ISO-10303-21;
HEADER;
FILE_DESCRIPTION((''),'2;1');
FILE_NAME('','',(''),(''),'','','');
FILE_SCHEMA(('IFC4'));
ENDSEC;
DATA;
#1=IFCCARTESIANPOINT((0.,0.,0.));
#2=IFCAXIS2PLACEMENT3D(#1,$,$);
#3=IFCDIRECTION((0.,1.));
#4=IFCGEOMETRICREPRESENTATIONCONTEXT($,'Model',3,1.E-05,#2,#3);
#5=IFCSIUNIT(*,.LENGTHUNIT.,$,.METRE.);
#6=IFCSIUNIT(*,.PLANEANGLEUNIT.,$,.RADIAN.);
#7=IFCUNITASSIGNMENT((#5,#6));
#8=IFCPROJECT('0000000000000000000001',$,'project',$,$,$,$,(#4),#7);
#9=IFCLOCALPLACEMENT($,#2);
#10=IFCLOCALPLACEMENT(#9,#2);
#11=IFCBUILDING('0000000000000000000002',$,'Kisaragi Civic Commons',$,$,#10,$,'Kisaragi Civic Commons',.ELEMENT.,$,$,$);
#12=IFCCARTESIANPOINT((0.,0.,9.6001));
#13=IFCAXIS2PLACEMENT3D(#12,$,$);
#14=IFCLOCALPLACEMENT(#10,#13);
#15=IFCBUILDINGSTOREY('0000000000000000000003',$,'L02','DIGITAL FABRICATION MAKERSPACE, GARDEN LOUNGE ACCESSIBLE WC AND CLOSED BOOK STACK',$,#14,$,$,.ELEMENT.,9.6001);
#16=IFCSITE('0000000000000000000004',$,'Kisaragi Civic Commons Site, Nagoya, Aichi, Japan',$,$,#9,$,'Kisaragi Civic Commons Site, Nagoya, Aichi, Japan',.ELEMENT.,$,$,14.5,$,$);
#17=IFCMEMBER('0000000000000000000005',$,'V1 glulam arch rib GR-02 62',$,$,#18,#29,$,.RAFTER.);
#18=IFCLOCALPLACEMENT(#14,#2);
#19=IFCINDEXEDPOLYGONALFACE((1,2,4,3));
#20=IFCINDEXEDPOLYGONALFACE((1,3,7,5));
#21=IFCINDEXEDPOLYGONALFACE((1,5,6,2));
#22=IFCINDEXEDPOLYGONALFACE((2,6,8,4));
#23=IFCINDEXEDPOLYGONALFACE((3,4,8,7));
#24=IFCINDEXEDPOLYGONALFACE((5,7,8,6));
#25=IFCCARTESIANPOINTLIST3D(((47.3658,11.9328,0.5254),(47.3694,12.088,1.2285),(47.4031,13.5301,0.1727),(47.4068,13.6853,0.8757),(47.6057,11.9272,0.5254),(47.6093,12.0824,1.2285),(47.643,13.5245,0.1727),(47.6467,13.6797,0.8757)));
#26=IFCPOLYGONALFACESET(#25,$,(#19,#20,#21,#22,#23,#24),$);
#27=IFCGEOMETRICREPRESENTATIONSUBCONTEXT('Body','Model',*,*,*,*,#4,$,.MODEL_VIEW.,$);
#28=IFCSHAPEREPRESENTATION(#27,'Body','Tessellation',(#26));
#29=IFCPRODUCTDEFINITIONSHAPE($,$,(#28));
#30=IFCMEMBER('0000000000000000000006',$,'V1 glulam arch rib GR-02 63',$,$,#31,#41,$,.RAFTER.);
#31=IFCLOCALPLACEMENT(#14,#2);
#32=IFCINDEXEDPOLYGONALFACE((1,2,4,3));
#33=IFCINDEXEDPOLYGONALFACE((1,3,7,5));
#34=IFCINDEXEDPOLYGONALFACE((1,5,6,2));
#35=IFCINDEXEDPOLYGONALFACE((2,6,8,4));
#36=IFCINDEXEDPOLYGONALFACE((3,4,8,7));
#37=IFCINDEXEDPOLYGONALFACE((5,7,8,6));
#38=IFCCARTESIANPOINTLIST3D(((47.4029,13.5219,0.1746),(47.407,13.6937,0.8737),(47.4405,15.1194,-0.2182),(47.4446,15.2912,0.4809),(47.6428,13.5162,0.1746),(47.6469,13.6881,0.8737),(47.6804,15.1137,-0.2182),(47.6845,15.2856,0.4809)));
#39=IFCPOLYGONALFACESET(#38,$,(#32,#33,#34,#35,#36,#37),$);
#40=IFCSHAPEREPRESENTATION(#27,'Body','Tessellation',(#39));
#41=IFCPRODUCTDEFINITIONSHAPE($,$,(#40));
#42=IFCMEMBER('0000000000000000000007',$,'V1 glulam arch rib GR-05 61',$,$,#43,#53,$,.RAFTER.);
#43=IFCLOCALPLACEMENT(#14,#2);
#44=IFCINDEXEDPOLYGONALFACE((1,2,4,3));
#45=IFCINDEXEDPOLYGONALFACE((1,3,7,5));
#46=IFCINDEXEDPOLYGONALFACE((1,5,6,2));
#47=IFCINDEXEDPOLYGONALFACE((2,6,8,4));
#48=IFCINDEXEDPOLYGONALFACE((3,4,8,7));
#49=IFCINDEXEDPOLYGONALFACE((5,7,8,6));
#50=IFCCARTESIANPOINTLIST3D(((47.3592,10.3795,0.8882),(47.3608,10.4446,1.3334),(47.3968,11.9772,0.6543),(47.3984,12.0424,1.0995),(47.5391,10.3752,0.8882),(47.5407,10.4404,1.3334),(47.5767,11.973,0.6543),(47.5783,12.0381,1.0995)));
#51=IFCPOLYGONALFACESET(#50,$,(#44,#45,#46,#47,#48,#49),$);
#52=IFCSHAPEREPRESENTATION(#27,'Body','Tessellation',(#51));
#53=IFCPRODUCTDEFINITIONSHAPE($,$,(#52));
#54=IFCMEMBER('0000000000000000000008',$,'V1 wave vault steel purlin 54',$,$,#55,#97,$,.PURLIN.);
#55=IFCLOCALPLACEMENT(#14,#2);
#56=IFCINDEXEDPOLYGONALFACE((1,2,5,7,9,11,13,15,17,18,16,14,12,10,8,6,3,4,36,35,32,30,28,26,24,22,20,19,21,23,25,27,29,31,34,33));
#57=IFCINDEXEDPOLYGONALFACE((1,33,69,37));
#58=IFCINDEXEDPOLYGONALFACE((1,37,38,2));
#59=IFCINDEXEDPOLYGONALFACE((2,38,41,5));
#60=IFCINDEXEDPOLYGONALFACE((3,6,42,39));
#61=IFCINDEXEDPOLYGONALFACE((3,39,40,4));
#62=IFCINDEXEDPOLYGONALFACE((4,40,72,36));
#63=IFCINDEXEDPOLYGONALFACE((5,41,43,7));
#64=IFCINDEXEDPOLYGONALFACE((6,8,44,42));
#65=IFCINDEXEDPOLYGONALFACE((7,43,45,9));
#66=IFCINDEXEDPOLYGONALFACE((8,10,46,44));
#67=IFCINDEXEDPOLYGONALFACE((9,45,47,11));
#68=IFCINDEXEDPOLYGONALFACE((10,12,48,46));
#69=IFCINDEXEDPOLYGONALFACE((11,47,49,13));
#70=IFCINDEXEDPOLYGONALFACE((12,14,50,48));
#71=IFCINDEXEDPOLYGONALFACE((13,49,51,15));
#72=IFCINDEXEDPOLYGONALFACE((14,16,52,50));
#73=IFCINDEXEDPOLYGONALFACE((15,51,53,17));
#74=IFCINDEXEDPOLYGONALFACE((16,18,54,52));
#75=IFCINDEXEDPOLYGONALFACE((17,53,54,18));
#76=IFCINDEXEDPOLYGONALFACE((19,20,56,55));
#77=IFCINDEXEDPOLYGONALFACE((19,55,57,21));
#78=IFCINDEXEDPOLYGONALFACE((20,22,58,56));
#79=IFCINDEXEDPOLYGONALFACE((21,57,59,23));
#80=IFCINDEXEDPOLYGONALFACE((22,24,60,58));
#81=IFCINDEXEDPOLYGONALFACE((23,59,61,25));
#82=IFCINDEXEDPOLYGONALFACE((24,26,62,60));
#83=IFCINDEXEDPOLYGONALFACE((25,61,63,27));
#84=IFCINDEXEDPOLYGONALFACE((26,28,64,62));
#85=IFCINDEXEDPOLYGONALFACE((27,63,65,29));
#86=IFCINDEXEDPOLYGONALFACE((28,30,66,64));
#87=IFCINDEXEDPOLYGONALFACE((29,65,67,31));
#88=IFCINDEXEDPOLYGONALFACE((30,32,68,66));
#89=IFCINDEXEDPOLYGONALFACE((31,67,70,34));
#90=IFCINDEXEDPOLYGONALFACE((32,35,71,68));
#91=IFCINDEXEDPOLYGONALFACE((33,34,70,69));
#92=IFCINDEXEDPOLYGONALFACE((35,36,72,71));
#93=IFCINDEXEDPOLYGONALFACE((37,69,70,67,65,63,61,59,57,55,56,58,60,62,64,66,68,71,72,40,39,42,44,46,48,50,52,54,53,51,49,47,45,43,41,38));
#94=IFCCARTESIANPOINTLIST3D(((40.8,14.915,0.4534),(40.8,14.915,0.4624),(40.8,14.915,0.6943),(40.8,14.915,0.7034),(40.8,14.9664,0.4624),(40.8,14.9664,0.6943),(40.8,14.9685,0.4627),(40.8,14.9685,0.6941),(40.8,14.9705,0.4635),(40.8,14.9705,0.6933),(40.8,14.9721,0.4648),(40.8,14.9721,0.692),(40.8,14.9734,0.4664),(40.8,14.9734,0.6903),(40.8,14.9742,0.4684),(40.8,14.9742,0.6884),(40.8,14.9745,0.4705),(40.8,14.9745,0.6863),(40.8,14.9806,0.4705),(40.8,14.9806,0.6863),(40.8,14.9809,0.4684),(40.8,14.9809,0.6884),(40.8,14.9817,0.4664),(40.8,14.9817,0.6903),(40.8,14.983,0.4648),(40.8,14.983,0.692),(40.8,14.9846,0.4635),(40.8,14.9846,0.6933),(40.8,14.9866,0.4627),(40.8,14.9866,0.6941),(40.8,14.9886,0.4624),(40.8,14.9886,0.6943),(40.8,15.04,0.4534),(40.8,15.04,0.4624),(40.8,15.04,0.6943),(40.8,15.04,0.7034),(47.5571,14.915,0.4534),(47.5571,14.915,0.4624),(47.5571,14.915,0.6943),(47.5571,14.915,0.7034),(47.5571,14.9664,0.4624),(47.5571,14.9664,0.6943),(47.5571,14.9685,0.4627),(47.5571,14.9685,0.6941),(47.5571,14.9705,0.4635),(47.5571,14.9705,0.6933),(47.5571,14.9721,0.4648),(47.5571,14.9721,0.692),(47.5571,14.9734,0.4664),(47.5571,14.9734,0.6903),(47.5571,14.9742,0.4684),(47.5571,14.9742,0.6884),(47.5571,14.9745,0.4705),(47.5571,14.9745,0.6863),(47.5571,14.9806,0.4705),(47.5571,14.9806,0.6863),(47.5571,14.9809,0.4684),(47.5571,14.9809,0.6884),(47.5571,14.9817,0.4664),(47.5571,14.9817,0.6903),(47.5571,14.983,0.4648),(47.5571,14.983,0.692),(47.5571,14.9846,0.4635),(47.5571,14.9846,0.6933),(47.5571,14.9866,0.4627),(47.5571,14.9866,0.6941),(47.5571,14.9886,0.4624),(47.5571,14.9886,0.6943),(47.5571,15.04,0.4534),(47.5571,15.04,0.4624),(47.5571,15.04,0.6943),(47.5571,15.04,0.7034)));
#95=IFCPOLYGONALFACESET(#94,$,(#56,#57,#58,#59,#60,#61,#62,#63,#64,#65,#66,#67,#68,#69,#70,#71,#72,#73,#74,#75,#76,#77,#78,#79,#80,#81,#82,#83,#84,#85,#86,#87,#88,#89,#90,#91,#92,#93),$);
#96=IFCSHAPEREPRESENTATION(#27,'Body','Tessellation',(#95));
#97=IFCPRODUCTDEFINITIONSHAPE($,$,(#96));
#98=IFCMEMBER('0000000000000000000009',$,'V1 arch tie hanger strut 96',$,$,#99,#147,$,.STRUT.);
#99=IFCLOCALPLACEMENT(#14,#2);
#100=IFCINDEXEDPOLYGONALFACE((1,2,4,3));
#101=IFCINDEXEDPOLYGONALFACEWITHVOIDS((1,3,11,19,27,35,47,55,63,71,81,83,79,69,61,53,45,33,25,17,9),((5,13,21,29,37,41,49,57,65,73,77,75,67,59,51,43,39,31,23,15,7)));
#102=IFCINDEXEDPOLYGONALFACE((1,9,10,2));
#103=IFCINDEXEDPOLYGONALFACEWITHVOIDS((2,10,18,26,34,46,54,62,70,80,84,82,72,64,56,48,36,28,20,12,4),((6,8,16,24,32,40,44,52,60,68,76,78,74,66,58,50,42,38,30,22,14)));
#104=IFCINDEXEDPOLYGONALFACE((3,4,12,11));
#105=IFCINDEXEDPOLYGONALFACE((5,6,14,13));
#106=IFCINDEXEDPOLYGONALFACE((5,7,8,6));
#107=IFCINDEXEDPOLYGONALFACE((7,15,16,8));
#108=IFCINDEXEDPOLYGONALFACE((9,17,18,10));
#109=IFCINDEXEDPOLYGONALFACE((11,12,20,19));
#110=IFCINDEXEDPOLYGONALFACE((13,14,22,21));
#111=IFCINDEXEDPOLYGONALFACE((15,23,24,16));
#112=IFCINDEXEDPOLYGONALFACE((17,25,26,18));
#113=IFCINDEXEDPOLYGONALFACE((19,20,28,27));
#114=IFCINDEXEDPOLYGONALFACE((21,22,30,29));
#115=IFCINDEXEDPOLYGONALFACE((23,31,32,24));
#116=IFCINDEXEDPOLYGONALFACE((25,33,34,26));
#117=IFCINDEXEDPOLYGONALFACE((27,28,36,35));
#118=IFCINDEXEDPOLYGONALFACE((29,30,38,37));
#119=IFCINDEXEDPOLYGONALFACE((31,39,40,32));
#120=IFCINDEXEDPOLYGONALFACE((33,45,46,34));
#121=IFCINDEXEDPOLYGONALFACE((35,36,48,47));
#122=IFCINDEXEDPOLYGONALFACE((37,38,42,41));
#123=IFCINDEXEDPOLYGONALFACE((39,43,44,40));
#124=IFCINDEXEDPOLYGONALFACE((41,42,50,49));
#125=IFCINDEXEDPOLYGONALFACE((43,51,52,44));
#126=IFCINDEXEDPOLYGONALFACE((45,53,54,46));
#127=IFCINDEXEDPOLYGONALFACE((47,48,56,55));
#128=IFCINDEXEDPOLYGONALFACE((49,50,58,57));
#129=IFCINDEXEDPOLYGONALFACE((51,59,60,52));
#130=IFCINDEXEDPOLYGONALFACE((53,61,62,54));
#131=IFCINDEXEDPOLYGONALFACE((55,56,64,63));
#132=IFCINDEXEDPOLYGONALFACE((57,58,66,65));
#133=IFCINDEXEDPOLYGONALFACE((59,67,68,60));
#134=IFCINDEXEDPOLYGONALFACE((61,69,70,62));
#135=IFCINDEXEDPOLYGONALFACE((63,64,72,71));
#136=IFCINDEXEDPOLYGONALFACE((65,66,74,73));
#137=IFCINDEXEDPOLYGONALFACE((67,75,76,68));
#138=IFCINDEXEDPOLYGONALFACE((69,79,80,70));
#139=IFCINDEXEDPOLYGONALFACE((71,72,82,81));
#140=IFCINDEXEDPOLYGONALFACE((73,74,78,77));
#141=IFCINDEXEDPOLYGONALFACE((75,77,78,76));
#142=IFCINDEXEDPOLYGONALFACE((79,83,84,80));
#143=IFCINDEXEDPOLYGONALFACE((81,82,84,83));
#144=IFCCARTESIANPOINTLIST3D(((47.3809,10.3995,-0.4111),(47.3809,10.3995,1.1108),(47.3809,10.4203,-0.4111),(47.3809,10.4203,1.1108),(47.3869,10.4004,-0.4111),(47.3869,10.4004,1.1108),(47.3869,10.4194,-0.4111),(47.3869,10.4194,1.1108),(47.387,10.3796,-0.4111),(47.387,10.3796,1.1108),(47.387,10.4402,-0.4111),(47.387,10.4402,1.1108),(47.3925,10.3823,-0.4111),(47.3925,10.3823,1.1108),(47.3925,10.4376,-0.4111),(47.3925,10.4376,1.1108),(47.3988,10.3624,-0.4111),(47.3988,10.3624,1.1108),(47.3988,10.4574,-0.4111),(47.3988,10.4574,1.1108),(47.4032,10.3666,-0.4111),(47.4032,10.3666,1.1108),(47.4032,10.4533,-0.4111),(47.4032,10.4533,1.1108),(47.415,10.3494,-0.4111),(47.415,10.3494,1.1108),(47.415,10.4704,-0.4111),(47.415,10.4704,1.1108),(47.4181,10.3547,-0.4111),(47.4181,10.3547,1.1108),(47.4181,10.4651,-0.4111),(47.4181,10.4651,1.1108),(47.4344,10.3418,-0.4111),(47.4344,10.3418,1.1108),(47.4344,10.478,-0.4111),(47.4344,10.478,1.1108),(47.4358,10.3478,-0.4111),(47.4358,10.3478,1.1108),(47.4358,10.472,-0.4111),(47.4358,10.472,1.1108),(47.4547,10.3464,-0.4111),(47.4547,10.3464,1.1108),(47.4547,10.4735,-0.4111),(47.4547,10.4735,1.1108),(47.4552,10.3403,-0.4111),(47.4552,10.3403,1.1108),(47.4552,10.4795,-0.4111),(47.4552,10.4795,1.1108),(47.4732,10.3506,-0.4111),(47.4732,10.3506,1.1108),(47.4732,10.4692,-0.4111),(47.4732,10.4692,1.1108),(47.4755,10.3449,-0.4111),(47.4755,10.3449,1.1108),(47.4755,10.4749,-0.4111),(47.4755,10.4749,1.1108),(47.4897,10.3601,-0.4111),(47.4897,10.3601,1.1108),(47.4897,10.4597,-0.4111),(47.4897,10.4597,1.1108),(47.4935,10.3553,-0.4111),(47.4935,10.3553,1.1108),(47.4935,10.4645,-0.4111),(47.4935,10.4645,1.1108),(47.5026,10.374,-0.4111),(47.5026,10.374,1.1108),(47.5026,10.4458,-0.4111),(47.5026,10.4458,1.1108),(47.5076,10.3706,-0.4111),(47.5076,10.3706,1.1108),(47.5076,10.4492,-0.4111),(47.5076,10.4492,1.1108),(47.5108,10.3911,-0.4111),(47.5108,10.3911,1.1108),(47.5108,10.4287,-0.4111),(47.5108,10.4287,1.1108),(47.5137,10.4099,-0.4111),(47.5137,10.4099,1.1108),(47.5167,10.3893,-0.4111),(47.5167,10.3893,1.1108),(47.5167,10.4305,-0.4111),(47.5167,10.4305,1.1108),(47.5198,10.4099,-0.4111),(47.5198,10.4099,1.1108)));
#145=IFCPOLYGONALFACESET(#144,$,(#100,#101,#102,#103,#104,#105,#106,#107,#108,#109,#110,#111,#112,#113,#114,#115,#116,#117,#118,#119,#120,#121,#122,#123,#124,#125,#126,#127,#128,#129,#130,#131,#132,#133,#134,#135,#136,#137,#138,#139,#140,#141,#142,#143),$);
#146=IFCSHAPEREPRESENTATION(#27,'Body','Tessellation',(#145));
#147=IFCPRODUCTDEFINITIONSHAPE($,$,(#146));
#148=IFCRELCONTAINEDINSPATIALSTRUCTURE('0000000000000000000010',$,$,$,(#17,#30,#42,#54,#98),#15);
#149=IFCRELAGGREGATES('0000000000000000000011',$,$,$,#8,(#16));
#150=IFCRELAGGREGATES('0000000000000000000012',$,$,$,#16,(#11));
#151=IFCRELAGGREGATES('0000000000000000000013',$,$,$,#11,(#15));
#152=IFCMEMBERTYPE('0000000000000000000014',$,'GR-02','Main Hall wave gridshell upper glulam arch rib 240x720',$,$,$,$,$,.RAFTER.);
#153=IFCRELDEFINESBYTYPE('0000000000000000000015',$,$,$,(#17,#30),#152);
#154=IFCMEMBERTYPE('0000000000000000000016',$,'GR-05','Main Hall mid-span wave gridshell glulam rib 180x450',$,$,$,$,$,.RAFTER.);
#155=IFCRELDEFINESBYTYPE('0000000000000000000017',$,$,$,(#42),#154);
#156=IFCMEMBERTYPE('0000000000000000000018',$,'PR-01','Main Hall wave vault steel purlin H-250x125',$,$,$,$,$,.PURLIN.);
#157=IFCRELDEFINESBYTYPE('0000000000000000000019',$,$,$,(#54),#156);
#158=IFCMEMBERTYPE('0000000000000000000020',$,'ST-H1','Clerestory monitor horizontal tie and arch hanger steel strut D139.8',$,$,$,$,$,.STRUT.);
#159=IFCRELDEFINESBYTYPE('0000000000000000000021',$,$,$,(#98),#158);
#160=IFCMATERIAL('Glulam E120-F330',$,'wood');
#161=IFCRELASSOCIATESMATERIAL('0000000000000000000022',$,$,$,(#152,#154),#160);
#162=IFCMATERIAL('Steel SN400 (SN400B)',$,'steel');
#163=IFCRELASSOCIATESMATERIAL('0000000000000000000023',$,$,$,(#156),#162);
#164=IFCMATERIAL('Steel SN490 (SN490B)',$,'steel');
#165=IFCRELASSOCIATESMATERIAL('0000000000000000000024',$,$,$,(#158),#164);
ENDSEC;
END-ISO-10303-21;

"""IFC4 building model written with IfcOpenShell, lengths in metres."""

from ifc_helpers import new_model, si_unit, direction, frame, origin, origin_2d, place, context, subcontext, project, spatial, rectangle, hollow_circle, i_section, extrude, material, material_profile, profile_set, type_object, element, save


model = new_model("IFC4")

# Units and contexts
model_context = context("Model", 3, precision=1e-05, world=origin(), true_north=direction((0.0, 1.0)))
body_context = subcontext(model_context, "Body", "Model", "MODEL_VIEW")
ifc_project = project(units=[si_unit("LENGTHUNIT", "METRE"), si_unit("PLANEANGLEUNIT", "RADIAN")], contexts=[model_context])

# Site, building, storey
site_placement = place(None, origin())
site = spatial("IfcSite", under=ifc_project, at=site_placement, Name="Kisaragi Civic Commons Site, Nagoya, Aichi, Japan", LongName="Kisaragi Civic Commons Site, Nagoya, Aichi, Japan", CompositionType="ELEMENT", RefElevation=14.5)
building_placement = place(site_placement, origin())
building = spatial("IfcBuilding", under=site, at=building_placement, Name="Kisaragi Civic Commons", LongName="Kisaragi Civic Commons", CompositionType="ELEMENT")
storey_placement = place(building_placement, frame((0.0, 0.0, 9.6001)))
storey = spatial("IfcBuildingStorey", under=building, at=storey_placement, Name="L02", Description="DIGITAL FABRICATION MAKERSPACE, GARDEN LOUNGE ACCESSIBLE WC AND CLOSED BOOK STACK", CompositionType="ELEMENT", Elevation=9.6001)

# Members
ifc_material_1 = material(Name="Glulam E120-F330", Category="wood")
ifc_material_profile_1 = material_profile(ifc_material_1, rectangle(XDim=0.24, YDim=0.72, at=origin_2d()), Name="GL-240x720", Category="wood")
ifc_profile_set_1 = profile_set([ifc_material_profile_1], Name="Glulam E120-F330")
member_type_1 = type_object("IfcMemberType", Name="GR-02", Description="Main Hall wave gridshell upper glulam arch rib 240x720", PredefinedType="RAFTER", material=ifc_profile_set_1)
member_1_placement = place(storey_placement, frame((47.4875, 12.0076, 0.877), z_axis=(0.022828, 0.976216, -0.215594), x_axis=(-0.999727, 0.023377, 0.0)))
element("IfcMember", 1, at=member_1_placement, inside=storey, type_object=member_type_1, Name="V1 glulam arch rib GR-02 62", PredefinedType="RAFTER", context=body_context, shape_type="SweptSolid", body=[
    extrude(rectangle(XDim=0.24, YDim=0.72, at=origin_2d()), origin(), (0.0, 0.0, 1.0), 1.6362),
])
member_2_placement = place(storey_placement, frame((47.5249, 13.605, 0.5242), z_axis=(0.02285, 0.970816, -0.238735), x_axis=(-0.999723, 0.02353, 0.0)))
element("IfcMember", 2, at=member_2_placement, inside=storey, type_object=member_type_1, Name="V1 glulam arch rib GR-02 63", PredefinedType="RAFTER", context=body_context, shape_type="SweptSolid", body=[
    extrude(rectangle(XDim=0.24, YDim=0.72, at=origin_2d()), origin(), (0.0, 0.0, 1.0), 1.6455),
])
ifc_material_profile_2 = material_profile(ifc_material_1, rectangle(XDim=0.1799, YDim=0.45, at=origin_2d()), Name="GL-180x450", Category="wood")
ifc_profile_set_2 = profile_set([ifc_material_profile_2], Name="Glulam E120-F330")
member_type_2 = type_object("IfcMemberType", Name="GR-05", Description="Main Hall mid-span wave gridshell glulam rib 180x450", PredefinedType="RAFTER", material=ifc_profile_set_2)
member_3_placement = place(storey_placement, frame((47.45, 10.4099, 1.1108), z_axis=(0.023279, 0.989186, -0.14481), x_axis=(-0.999723, 0.023526, 0.0)))
element("IfcMember", 3, at=member_3_placement, inside=storey, type_object=member_type_2, Name="V1 glulam arch rib GR-05 61", PredefinedType="RAFTER", context=body_context, shape_type="SweptSolid", body=[
    extrude(rectangle(XDim=0.1799, YDim=0.45, at=origin_2d()), origin(), (0.0, 0.0, 1.0), 1.6152),
])
ifc_material_2 = material(Name="Steel SN400 (SN400B)", Category="steel")
ifc_material_profile_3 = material_profile(ifc_material_2, i_section(OverallWidth=0.125, OverallDepth=0.25, WebThickness=0.0061, FlangeThickness=0.009, FilletRadius=0.0081, at=origin_2d()), Name="H-250x125x6x9", Category="steel")
ifc_profile_set_3 = profile_set([ifc_material_profile_3], Name="Steel SN400 (SN400B)")
member_type_3 = type_object("IfcMemberType", Name="PR-01", Description="Main Hall wave vault steel purlin H-250x125", PredefinedType="PURLIN", material=ifc_profile_set_3)
member_4_placement = place(storey_placement, frame((40.8, 14.9775, 0.5784), z_axis=(1.0, 0.0, 0.0), x_axis=(0.0, 1.0, 0.0)))
element("IfcMember", 4, at=member_4_placement, inside=storey, type_object=member_type_3, Name="V1 wave vault steel purlin 54", PredefinedType="PURLIN", context=body_context, shape_type="SweptSolid", body=[
    extrude(i_section(OverallWidth=0.125, OverallDepth=0.25, WebThickness=0.0061, FlangeThickness=0.009, FilletRadius=0.0081, at=origin_2d()), origin(), (0.0, 0.0, 1.0), 6.7571),
])
ifc_material_3 = material(Name="Steel SN490 (SN490B)", Category="steel")
ifc_material_profile_4 = material_profile(ifc_material_3, hollow_circle(Radius=0.0698, WallThickness=0.0061, at=origin_2d()), Name="CHS-139.8x6.0", Category="steel")
ifc_profile_set_4 = profile_set([ifc_material_profile_4], Name="Steel SN490 (SN490B)")
member_type_4 = type_object("IfcMemberType", Name="ST-H1", Description="Clerestory monitor horizontal tie and arch hanger steel strut D139.8", PredefinedType="STRUT", material=ifc_profile_set_4)
member_5_placement = place(storey_placement, frame((47.45, 10.4099, -0.4111), z_axis=(0.0, 0.0, 1.0), x_axis=(1.0, 0.0, 0.0)))
element("IfcMember", 5, at=member_5_placement, inside=storey, type_object=member_type_4, Name="V1 arch tie hanger strut 96", PredefinedType="STRUT", context=body_context, shape_type="SweptSolid", body=[
    extrude(hollow_circle(Radius=0.0698, WallThickness=0.0061, at=origin_2d()), origin(), (0.0, 0.0, 1.0), 1.522),
])

save(model, "model.ifc")
